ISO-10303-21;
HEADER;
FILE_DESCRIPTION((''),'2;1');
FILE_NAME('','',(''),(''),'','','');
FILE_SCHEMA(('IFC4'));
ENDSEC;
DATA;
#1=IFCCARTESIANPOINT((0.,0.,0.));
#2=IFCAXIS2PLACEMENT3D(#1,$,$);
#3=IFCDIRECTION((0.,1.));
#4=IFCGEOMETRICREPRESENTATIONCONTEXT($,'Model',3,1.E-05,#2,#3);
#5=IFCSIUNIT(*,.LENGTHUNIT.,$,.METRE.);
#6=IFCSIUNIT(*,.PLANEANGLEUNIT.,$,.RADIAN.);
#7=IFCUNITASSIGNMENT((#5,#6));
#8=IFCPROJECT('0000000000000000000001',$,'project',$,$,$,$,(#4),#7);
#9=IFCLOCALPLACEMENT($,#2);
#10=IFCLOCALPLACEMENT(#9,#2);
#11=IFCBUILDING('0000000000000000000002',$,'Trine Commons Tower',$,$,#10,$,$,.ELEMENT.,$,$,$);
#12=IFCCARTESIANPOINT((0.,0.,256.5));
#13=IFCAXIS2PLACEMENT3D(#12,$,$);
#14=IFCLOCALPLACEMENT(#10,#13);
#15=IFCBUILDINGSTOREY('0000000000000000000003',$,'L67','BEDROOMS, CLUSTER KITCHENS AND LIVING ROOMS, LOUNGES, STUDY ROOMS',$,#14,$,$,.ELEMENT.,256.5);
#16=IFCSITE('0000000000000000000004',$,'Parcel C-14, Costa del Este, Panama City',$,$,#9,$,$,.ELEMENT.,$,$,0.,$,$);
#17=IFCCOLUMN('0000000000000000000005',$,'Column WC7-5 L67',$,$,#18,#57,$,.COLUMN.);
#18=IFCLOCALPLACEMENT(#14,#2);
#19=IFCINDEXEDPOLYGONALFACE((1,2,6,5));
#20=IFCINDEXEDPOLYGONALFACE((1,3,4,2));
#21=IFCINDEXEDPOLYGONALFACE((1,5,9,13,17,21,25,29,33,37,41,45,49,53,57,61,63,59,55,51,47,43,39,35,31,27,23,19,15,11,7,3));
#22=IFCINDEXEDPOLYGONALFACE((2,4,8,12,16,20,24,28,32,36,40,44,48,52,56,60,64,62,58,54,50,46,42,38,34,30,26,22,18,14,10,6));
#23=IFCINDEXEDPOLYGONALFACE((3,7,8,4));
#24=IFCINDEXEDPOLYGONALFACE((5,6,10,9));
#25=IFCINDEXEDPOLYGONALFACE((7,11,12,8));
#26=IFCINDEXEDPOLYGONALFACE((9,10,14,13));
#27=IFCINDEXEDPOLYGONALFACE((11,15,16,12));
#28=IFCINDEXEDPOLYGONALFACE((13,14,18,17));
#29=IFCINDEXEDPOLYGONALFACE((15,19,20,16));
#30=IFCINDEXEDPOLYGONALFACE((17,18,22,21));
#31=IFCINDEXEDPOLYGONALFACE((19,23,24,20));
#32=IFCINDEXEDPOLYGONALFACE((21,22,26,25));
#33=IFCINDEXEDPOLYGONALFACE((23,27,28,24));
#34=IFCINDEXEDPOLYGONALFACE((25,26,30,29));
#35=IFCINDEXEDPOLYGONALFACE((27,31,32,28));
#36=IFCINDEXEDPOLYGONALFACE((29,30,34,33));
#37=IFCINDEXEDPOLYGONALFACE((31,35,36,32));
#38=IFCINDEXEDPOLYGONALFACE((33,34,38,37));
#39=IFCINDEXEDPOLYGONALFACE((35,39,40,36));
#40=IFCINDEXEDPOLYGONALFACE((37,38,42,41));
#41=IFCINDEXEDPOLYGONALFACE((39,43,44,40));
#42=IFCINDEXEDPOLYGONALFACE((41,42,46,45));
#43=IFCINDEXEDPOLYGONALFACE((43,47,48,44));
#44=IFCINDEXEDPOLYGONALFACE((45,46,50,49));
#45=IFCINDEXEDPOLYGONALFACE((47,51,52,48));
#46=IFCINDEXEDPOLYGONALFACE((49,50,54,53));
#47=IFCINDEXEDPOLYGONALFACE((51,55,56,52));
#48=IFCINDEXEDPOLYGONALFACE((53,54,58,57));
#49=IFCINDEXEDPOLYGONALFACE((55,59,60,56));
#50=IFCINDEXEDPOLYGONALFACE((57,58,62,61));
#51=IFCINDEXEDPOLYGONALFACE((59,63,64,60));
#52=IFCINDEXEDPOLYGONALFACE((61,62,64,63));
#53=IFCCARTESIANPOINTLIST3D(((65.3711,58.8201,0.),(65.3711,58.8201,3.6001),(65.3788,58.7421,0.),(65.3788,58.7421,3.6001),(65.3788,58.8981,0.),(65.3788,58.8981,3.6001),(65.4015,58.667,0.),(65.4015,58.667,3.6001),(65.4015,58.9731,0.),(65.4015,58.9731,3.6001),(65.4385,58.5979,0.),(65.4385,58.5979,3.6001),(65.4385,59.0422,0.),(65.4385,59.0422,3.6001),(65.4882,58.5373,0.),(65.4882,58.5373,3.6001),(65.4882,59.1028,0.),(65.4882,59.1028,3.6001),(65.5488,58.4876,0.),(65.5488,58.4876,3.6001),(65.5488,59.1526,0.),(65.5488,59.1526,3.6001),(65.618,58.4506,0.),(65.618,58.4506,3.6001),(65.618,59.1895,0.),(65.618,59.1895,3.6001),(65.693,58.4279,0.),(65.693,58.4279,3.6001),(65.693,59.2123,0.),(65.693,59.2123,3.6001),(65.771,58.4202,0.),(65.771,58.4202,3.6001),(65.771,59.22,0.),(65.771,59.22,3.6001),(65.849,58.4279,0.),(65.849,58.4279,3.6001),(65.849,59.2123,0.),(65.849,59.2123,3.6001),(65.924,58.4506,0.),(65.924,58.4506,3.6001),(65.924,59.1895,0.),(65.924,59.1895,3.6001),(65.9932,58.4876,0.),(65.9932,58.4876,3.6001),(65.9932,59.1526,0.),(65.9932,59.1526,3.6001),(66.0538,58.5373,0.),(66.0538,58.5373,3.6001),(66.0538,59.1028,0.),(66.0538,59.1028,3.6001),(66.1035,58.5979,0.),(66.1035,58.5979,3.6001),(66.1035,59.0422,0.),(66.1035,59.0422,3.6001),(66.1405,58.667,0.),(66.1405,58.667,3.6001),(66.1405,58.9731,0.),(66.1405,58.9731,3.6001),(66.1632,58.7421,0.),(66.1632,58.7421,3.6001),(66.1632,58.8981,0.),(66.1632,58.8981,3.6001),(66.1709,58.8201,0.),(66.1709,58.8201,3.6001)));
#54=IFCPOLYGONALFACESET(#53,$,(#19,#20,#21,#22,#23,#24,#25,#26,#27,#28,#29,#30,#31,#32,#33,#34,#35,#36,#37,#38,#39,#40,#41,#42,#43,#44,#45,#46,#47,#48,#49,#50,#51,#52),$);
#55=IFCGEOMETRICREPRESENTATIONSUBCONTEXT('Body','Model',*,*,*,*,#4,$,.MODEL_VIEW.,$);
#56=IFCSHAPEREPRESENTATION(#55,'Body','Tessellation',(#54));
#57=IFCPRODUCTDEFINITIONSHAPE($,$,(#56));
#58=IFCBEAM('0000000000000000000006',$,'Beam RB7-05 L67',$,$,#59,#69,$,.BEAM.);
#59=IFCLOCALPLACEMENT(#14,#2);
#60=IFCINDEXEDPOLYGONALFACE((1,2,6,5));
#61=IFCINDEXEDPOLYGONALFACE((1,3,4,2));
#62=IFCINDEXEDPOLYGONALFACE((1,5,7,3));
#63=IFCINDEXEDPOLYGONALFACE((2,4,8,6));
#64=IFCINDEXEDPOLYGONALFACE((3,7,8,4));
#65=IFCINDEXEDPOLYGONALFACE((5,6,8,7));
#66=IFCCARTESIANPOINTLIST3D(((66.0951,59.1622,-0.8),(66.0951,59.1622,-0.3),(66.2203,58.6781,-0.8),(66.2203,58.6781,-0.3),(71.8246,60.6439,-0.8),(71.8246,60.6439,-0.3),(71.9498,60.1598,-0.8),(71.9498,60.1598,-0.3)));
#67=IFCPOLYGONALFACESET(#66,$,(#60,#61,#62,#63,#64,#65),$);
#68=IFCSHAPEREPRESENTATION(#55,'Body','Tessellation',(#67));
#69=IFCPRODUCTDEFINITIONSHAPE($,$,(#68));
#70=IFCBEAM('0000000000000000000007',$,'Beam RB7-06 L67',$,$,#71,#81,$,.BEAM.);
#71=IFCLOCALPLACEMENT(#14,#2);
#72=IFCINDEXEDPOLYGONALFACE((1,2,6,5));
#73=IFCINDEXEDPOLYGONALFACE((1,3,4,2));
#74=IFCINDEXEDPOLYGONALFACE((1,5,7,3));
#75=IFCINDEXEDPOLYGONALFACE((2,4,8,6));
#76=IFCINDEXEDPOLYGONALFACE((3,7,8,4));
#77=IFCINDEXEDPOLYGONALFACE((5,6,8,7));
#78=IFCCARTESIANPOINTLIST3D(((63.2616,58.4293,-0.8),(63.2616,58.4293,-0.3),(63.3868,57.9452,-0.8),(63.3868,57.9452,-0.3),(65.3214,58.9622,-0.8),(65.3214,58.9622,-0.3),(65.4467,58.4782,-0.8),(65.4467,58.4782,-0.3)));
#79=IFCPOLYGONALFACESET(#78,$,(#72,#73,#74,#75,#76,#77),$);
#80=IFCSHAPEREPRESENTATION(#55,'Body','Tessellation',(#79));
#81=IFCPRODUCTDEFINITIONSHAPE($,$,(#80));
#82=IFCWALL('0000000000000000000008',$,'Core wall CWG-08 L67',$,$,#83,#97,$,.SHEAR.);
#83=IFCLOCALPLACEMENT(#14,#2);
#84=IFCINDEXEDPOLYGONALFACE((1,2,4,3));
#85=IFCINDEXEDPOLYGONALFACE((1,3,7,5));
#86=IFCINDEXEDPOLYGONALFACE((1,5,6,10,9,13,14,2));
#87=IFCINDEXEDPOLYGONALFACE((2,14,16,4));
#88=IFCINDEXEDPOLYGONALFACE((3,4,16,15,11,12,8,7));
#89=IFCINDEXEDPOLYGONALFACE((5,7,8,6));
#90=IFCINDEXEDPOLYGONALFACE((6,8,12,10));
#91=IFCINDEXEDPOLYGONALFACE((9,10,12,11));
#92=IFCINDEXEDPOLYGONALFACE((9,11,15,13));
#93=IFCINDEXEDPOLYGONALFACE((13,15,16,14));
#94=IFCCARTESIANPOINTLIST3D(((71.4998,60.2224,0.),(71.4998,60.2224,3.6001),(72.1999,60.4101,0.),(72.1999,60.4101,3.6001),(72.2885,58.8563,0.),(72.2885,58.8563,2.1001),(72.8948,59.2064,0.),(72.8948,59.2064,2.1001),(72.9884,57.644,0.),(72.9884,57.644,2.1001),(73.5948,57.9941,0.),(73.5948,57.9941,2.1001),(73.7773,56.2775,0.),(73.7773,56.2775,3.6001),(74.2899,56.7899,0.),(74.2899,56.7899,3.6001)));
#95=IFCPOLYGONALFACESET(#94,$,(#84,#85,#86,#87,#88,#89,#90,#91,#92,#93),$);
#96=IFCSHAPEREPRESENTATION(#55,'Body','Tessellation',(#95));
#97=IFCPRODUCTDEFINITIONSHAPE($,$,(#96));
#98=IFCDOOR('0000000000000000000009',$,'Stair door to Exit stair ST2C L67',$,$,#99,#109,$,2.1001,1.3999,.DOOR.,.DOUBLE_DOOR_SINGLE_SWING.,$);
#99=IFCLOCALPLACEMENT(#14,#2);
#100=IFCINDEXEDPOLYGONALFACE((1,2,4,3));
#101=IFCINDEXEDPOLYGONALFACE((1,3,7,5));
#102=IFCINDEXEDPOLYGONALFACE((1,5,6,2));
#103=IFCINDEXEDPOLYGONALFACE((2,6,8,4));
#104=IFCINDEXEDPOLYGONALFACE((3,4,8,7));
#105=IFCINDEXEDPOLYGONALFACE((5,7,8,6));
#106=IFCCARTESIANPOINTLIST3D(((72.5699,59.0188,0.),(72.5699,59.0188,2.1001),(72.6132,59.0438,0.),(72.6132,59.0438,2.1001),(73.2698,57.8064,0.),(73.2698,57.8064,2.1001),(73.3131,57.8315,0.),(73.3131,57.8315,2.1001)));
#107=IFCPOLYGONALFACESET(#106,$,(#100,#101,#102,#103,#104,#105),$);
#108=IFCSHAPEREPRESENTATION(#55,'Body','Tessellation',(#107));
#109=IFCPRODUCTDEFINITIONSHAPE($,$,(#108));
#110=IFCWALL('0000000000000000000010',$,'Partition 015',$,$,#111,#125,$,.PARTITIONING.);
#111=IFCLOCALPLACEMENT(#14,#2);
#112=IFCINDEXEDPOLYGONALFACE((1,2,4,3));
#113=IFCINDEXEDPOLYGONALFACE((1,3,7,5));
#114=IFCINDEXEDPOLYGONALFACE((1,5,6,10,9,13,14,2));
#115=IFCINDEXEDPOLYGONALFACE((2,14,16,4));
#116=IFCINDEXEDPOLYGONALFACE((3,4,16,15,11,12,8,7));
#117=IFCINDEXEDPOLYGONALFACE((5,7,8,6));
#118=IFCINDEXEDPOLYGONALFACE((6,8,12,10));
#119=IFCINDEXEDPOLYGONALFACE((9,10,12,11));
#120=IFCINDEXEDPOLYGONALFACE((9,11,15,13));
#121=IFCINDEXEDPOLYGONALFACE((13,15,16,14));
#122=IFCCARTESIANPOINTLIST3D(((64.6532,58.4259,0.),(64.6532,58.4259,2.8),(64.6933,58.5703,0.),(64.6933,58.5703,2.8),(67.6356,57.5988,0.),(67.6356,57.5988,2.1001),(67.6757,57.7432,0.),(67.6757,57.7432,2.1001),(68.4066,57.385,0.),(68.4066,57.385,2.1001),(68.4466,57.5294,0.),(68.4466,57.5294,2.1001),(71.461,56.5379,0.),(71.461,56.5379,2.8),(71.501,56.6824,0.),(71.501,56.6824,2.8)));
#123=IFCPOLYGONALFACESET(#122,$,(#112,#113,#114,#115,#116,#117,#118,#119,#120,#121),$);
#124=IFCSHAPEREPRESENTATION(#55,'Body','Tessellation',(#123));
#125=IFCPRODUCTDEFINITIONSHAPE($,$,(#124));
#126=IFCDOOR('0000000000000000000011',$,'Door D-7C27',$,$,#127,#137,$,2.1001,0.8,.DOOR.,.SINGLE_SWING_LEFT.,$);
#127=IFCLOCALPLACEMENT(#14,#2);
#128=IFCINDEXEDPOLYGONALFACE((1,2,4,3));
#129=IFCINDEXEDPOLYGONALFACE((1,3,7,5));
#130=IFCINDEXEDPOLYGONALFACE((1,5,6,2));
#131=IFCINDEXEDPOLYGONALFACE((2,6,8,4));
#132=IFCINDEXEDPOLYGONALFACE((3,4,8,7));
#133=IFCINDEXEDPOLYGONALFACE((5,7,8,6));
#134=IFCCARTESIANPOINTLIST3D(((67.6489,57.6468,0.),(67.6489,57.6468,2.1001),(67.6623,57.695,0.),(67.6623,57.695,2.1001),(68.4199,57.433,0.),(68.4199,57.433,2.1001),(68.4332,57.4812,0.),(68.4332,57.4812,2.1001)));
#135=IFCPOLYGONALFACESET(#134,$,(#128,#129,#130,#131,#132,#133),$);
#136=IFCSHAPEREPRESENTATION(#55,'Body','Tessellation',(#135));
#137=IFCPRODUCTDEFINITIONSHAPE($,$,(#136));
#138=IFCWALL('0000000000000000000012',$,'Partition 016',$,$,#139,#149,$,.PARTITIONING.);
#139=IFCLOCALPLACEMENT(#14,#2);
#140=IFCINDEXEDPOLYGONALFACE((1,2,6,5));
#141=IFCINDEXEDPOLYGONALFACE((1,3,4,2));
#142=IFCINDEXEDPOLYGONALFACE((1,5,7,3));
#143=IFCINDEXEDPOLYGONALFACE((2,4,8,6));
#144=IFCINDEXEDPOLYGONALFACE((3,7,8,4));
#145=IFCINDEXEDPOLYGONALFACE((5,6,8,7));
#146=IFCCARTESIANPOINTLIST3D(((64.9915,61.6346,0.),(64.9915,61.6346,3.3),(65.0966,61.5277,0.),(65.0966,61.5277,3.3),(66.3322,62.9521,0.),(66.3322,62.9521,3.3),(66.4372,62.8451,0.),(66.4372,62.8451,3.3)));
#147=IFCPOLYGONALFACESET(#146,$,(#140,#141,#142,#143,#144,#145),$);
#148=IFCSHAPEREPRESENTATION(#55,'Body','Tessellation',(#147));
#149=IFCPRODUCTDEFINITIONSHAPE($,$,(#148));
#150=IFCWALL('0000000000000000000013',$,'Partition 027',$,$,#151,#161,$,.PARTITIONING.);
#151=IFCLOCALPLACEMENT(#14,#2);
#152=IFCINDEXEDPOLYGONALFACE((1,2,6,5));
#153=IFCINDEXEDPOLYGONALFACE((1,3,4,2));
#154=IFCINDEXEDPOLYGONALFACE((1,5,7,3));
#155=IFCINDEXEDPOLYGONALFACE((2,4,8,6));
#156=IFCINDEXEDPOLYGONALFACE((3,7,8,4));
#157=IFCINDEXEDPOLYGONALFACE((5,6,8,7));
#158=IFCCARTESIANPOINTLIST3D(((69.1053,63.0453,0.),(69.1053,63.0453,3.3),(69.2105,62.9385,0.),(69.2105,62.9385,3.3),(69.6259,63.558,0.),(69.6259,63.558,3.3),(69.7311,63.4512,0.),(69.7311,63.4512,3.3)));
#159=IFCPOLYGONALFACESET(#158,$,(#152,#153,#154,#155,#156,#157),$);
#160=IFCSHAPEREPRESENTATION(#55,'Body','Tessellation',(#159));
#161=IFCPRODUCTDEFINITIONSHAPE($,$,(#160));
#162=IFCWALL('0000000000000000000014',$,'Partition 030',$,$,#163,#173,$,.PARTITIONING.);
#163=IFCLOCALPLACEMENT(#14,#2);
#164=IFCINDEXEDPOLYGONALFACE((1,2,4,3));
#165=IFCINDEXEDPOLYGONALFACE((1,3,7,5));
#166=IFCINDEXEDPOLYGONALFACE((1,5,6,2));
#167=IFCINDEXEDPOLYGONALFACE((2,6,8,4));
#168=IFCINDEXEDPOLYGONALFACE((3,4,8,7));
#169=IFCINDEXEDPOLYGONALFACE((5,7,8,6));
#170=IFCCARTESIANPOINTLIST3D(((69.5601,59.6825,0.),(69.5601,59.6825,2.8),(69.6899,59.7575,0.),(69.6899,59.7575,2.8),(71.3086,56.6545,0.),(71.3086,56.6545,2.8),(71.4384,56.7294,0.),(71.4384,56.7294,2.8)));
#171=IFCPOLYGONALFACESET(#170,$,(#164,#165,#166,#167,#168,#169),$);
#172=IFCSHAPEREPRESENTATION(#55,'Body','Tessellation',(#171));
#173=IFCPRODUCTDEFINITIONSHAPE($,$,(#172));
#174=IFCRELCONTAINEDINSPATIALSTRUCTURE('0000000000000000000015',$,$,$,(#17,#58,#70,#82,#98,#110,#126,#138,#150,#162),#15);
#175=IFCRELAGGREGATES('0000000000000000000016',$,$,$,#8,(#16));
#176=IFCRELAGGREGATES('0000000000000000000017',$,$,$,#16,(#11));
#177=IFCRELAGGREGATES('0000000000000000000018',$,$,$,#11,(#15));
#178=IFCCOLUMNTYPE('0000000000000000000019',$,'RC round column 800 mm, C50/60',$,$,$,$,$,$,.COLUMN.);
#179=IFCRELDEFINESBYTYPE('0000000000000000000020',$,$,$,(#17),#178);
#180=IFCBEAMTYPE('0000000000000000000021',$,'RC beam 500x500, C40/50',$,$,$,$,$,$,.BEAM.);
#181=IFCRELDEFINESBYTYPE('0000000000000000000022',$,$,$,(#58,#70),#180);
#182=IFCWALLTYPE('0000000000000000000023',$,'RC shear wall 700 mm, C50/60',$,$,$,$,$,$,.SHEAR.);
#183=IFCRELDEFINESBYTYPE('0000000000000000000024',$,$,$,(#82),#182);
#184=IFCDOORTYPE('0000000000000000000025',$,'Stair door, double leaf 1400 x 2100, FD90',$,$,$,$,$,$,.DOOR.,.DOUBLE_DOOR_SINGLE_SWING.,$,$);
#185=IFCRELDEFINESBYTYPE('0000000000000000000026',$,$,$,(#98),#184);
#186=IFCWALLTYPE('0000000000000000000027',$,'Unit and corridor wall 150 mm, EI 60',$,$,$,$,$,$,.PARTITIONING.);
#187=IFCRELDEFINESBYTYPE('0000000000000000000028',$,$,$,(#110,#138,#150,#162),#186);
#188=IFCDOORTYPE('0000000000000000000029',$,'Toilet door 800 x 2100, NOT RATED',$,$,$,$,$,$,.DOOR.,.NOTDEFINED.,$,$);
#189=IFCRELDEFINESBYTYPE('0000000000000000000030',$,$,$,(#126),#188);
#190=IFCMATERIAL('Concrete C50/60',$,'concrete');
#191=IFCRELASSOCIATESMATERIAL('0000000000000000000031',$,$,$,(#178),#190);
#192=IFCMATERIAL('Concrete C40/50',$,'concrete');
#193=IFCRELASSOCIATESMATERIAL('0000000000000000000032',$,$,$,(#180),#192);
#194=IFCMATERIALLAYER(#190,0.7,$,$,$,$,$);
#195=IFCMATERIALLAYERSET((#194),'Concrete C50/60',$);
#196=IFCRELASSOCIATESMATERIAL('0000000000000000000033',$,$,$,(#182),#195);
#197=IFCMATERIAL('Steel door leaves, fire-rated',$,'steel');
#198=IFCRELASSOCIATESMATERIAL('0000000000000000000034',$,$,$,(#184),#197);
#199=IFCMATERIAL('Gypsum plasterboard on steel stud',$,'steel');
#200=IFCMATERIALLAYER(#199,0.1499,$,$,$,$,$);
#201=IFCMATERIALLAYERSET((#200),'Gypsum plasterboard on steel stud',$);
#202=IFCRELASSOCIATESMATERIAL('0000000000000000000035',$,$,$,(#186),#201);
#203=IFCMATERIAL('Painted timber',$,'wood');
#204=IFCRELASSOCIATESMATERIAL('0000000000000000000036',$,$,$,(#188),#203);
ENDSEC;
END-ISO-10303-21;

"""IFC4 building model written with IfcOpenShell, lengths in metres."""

from ifc_helpers import new_model, si_unit, direction, frame, frame_2d, origin, origin_2d, place, context, subcontext, project, spatial, polyline, rectangle, circle, outline, extrude, material, layer, layer_set, material_profile, profile_set, type_object, element, fill, save


model = new_model("IFC4")

# Units and contexts
model_context = context("Model", 3, precision=1e-05, world=origin(), true_north=direction((0.0, 1.0)))
body_context = subcontext(model_context, "Body", "Model", "MODEL_VIEW")
ifc_project = project(units=[si_unit("LENGTHUNIT", "METRE"), si_unit("PLANEANGLEUNIT", "RADIAN")], contexts=[model_context])

# Site, building, storey
site_placement = place(None, origin())
site = spatial("IfcSite", under=ifc_project, at=site_placement, Name="Parcel C-14, Costa del Este, Panama City", CompositionType="ELEMENT", RefElevation=0.0)
building_placement = place(site_placement, origin())
building = spatial("IfcBuilding", under=site, at=building_placement, Name="Trine Commons Tower", CompositionType="ELEMENT")
storey_placement = place(building_placement, frame((0.0, 0.0, 256.5)))
storey = spatial("IfcBuildingStorey", under=building, at=storey_placement, Name="L67", Description="BEDROOMS, CLUSTER KITCHENS AND LIVING ROOMS, LOUNGES, STUDY ROOMS", CompositionType="ELEMENT", Elevation=256.5)

# Column
ifc_material_1 = material(Name="Concrete C50/60", Category="concrete")
ifc_material_profile_1 = material_profile(ifc_material_1, circle(Radius=0.3999, at=origin_2d()), Name="RC round 800")
ifc_profile_set_1 = profile_set([ifc_material_profile_1], Name="Concrete C50/60")
column_type = type_object("IfcColumnType", Name="RC round column 800 mm, C50/60", PredefinedType="COLUMN", material=ifc_profile_set_1)
column_placement = place(storey_placement, frame((65.771, 58.8201, 0.0), z_axis=(0.0, 0.0, 1.0), x_axis=(1.0, 0.0, 0.0)))
element("IfcColumn", 1, at=column_placement, inside=storey, type_object=column_type, Name="Column WC7-5 L67", PredefinedType="COLUMN", context=body_context, shape_type="SweptSolid", body=[
    extrude(circle(Radius=0.3999, at=origin_2d()), origin(), (0.0, 0.0, 1.0), 3.6001),
])

# Beams
ifc_material_2 = material(Name="Concrete C40/50", Category="concrete")
ifc_material_profile_2 = material_profile(ifc_material_2, rectangle(XDim=0.5, YDim=0.5, at=origin_2d()), Name="RC 500x500")
ifc_profile_set_2 = profile_set([ifc_material_profile_2], Name="Concrete C40/50")
beam_type = type_object("IfcBeamType", Name="RC beam 500x500, C40/50", PredefinedType="BEAM", material=ifc_profile_set_2)
beam_1_placement = place(storey_placement, frame((71.8872, 60.4019, -0.55), z_axis=(-0.96815, -0.250371, 0.0), x_axis=(0.250371, -0.96815, 0.0)))
element("IfcBeam", 2, at=beam_1_placement, inside=storey, type_object=beam_type, Name="Beam RB7-05 L67", PredefinedType="BEAM", context=body_context, shape_type="SweptSolid", body=[
    extrude(rectangle(XDim=0.5, YDim=0.5, at=origin_2d()), origin(), (0.0, 0.0, 1.0), 5.918),
])
beam_2_placement = place(storey_placement, frame((65.384, 58.7202, -0.55), z_axis=(-0.968119, -0.250492, 0.0), x_axis=(0.250492, -0.968119, 0.0)))
element("IfcBeam", 3, at=beam_2_placement, inside=storey, type_object=beam_type, Name="Beam RB7-06 L67", PredefinedType="BEAM", context=body_context, shape_type="SweptSolid", body=[
    extrude(rectangle(XDim=0.5, YDim=0.5, at=origin_2d()), origin(), (0.0, 0.0, 1.0), 2.1277),
])

# Walls, openings, doors
ifc_layer_1 = layer(ifc_material_1, 0.7)
ifc_layer_set_1 = layer_set([ifc_layer_1], Name="Concrete C50/60")
wall_type_1 = type_object("IfcWallType", Name="RC shear wall 700 mm, C50/60", PredefinedType="SHEAR", material=ifc_layer_set_1)
wall_1_placement = place(storey_placement, frame((71.803, 60.3975, 0.0), z_axis=(0.0, 0.0, 1.0), x_axis=(0.499984, -0.866035, 0.0)))
wall_1 = element("IfcWall", 4, at=wall_1_placement, inside=storey, type_object=wall_type_1, Name="Core wall CWG-08 L67", PredefinedType="SHEAR", context=body_context, shape_type="SweptSolid", body=[
    extrude(outline(polyline([(0.0, -0.3501), (4.5552, -0.3501), (4.3677, 0.3501), (0.1875, 0.3501), (0.0, -0.3501)])), origin(), (0.0, 0.0, 1.0), 3.6001),
])
opening_1_placement = place(wall_1_placement, frame((1.5774, 0.0, 0.0)))
opening_1 = element("IfcOpeningElement", 5, at=opening_1_placement, cuts=wall_1, PredefinedType="OPENING", context=body_context, shape_type="SweptSolid", body=[
    extrude(rectangle(XDim=1.3999, YDim=2.1001, at=frame_2d((0.7, 1.05))), frame((0.0, 0.3599, 0.0), z_axis=(0.0, -1.0, 0.0), x_axis=(1.0, 0.0, 0.0)), (0.0, 0.0, 1.0), 0.72),
])
ifc_material_3 = material(Name="Steel door leaves, fire-rated", Category="steel")
door_type_1 = type_object("IfcDoorType", Name="Stair door, double leaf 1400 x 2100, FD90", OperationType="DOUBLE_DOOR_SINGLE_SWING", PredefinedType="DOOR", material=ifc_material_3)
door_1_placement = place(opening_1_placement, origin())
door_1 = element("IfcDoor", 6, at=door_1_placement, inside=storey, type_object=door_type_1, Name="Stair door to Exit stair ST2C L67", OperationType="DOUBLE_DOOR_SINGLE_SWING", OverallHeight=2.1001, OverallWidth=1.3999, PredefinedType="DOOR", context=body_context, shape_type="SweptSolid", body=[
    extrude(rectangle(XDim=1.3999, YDim=2.1001, at=frame_2d((0.7, 1.05))), frame((0.0, 0.0249, 0.0), z_axis=(0.0, -1.0, 0.0), x_axis=(1.0, 0.0, 0.0)), (0.0, 0.0, 1.0), 0.05),
])
fill(opening_1, door_1)
ifc_material_4 = material(Name="Gypsum plasterboard on steel stud", Category="steel")
ifc_layer_2 = layer(ifc_material_4, 0.1499)
ifc_layer_set_2 = layer_set([ifc_layer_2], Name="Gypsum plasterboard on steel stud")
wall_type_2 = type_object("IfcWallType", Name="Unit and corridor wall 150 mm, EI 60", PredefinedType="PARTITIONING", material=ifc_layer_set_2)
wall_2_placement = place(storey_placement, frame((64.6733, 58.498, 0.0), z_axis=(0.0, 0.0, 1.0), x_axis=(0.963632, -0.267232, 0.0)))
wall_2 = element("IfcWall", 7, at=wall_2_placement, inside=storey, type_object=wall_type_2, Name="Partition 015", PredefinedType="PARTITIONING", context=body_context, shape_type="SweptSolid", body=[
    extrude(rectangle(XDim=7.0647, YDim=0.1499, at=frame_2d((3.5322, 0.0))), origin(), (0.0, 0.0, 1.0), 2.8),
])
opening_2_placement = place(wall_2_placement, frame((3.095, 0.0, 0.0)))
opening_2 = element("IfcOpeningElement", 8, at=opening_2_placement, cuts=wall_2, PredefinedType="OPENING", context=body_context, shape_type="SweptSolid", body=[
    extrude(rectangle(XDim=0.8, YDim=2.1001, at=frame_2d((0.3999, 1.05))), frame((0.0, 0.085, 0.0), z_axis=(0.0, -1.0, 0.0), x_axis=(1.0, 0.0, 0.0)), (0.0, 0.0, 1.0), 0.1699),
])
ifc_material_5 = material(Name="Painted timber", Category="wood")
door_type_2 = type_object("IfcDoorType", Name="Toilet door 800 x 2100, NOT RATED", OperationType="NOTDEFINED", PredefinedType="DOOR", material=ifc_material_5)
door_2_placement = place(opening_2_placement, origin())
door_2 = element("IfcDoor", 9, at=door_2_placement, inside=storey, type_object=door_type_2, Name="Door D-7C27", OperationType="SINGLE_SWING_LEFT", OverallHeight=2.1001, OverallWidth=0.8, PredefinedType="DOOR", context=body_context, shape_type="SweptSolid", body=[
    extrude(rectangle(XDim=0.8, YDim=2.1001, at=frame_2d((0.3999, 1.05))), frame((0.0, 0.0249, 0.0), z_axis=(0.0, -1.0, 0.0), x_axis=(1.0, 0.0, 0.0)), (0.0, 0.0, 1.0), 0.05),
])
fill(opening_2, door_2)

# Walls
wall_3_placement = place(storey_placement, frame((65.0439, 61.5811, 0.0), z_axis=(0.0, 0.0, 1.0), x_axis=(0.71325, 0.70091, 0.0)))
element("IfcWall", 10, at=wall_3_placement, inside=storey, type_object=wall_type_2, Name="Partition 016", PredefinedType="PARTITIONING", context=body_context, shape_type="SweptSolid", body=[
    extrude(rectangle(XDim=1.8796, YDim=0.1499, at=frame_2d((0.9399, 0.0))), origin(), (0.0, 0.0, 1.0), 3.3),
])
wall_4_placement = place(storey_placement, frame((69.158, 62.9919, 0.0), z_axis=(0.0, 0.0, 1.0), x_axis=(0.712433, 0.70174, 0.0)))
element("IfcWall", 11, at=wall_4_placement, inside=storey, type_object=wall_type_2, Name="Partition 027", PredefinedType="PARTITIONING", context=body_context, shape_type="SweptSolid", body=[
    extrude(rectangle(XDim=0.7307, YDim=0.1499, at=frame_2d((0.3652, 0.0))), origin(), (0.0, 0.0, 1.0), 3.3),
])
wall_5_placement = place(storey_placement, frame((69.625, 59.72, 0.0), z_axis=(0.0, 0.0, 1.0), x_axis=(0.500059, -0.865991, 0.0)))
element("IfcWall", 12, at=wall_5_placement, inside=storey, type_object=wall_type_2, Name="Partition 030", PredefinedType="PARTITIONING", context=body_context, shape_type="SweptSolid", body=[
    extrude(rectangle(XDim=3.4966, YDim=0.1499, at=frame_2d((1.7483, 0.0))), origin(), (0.0, 0.0, 1.0), 2.8),
])

save(model, "model.ifc")
